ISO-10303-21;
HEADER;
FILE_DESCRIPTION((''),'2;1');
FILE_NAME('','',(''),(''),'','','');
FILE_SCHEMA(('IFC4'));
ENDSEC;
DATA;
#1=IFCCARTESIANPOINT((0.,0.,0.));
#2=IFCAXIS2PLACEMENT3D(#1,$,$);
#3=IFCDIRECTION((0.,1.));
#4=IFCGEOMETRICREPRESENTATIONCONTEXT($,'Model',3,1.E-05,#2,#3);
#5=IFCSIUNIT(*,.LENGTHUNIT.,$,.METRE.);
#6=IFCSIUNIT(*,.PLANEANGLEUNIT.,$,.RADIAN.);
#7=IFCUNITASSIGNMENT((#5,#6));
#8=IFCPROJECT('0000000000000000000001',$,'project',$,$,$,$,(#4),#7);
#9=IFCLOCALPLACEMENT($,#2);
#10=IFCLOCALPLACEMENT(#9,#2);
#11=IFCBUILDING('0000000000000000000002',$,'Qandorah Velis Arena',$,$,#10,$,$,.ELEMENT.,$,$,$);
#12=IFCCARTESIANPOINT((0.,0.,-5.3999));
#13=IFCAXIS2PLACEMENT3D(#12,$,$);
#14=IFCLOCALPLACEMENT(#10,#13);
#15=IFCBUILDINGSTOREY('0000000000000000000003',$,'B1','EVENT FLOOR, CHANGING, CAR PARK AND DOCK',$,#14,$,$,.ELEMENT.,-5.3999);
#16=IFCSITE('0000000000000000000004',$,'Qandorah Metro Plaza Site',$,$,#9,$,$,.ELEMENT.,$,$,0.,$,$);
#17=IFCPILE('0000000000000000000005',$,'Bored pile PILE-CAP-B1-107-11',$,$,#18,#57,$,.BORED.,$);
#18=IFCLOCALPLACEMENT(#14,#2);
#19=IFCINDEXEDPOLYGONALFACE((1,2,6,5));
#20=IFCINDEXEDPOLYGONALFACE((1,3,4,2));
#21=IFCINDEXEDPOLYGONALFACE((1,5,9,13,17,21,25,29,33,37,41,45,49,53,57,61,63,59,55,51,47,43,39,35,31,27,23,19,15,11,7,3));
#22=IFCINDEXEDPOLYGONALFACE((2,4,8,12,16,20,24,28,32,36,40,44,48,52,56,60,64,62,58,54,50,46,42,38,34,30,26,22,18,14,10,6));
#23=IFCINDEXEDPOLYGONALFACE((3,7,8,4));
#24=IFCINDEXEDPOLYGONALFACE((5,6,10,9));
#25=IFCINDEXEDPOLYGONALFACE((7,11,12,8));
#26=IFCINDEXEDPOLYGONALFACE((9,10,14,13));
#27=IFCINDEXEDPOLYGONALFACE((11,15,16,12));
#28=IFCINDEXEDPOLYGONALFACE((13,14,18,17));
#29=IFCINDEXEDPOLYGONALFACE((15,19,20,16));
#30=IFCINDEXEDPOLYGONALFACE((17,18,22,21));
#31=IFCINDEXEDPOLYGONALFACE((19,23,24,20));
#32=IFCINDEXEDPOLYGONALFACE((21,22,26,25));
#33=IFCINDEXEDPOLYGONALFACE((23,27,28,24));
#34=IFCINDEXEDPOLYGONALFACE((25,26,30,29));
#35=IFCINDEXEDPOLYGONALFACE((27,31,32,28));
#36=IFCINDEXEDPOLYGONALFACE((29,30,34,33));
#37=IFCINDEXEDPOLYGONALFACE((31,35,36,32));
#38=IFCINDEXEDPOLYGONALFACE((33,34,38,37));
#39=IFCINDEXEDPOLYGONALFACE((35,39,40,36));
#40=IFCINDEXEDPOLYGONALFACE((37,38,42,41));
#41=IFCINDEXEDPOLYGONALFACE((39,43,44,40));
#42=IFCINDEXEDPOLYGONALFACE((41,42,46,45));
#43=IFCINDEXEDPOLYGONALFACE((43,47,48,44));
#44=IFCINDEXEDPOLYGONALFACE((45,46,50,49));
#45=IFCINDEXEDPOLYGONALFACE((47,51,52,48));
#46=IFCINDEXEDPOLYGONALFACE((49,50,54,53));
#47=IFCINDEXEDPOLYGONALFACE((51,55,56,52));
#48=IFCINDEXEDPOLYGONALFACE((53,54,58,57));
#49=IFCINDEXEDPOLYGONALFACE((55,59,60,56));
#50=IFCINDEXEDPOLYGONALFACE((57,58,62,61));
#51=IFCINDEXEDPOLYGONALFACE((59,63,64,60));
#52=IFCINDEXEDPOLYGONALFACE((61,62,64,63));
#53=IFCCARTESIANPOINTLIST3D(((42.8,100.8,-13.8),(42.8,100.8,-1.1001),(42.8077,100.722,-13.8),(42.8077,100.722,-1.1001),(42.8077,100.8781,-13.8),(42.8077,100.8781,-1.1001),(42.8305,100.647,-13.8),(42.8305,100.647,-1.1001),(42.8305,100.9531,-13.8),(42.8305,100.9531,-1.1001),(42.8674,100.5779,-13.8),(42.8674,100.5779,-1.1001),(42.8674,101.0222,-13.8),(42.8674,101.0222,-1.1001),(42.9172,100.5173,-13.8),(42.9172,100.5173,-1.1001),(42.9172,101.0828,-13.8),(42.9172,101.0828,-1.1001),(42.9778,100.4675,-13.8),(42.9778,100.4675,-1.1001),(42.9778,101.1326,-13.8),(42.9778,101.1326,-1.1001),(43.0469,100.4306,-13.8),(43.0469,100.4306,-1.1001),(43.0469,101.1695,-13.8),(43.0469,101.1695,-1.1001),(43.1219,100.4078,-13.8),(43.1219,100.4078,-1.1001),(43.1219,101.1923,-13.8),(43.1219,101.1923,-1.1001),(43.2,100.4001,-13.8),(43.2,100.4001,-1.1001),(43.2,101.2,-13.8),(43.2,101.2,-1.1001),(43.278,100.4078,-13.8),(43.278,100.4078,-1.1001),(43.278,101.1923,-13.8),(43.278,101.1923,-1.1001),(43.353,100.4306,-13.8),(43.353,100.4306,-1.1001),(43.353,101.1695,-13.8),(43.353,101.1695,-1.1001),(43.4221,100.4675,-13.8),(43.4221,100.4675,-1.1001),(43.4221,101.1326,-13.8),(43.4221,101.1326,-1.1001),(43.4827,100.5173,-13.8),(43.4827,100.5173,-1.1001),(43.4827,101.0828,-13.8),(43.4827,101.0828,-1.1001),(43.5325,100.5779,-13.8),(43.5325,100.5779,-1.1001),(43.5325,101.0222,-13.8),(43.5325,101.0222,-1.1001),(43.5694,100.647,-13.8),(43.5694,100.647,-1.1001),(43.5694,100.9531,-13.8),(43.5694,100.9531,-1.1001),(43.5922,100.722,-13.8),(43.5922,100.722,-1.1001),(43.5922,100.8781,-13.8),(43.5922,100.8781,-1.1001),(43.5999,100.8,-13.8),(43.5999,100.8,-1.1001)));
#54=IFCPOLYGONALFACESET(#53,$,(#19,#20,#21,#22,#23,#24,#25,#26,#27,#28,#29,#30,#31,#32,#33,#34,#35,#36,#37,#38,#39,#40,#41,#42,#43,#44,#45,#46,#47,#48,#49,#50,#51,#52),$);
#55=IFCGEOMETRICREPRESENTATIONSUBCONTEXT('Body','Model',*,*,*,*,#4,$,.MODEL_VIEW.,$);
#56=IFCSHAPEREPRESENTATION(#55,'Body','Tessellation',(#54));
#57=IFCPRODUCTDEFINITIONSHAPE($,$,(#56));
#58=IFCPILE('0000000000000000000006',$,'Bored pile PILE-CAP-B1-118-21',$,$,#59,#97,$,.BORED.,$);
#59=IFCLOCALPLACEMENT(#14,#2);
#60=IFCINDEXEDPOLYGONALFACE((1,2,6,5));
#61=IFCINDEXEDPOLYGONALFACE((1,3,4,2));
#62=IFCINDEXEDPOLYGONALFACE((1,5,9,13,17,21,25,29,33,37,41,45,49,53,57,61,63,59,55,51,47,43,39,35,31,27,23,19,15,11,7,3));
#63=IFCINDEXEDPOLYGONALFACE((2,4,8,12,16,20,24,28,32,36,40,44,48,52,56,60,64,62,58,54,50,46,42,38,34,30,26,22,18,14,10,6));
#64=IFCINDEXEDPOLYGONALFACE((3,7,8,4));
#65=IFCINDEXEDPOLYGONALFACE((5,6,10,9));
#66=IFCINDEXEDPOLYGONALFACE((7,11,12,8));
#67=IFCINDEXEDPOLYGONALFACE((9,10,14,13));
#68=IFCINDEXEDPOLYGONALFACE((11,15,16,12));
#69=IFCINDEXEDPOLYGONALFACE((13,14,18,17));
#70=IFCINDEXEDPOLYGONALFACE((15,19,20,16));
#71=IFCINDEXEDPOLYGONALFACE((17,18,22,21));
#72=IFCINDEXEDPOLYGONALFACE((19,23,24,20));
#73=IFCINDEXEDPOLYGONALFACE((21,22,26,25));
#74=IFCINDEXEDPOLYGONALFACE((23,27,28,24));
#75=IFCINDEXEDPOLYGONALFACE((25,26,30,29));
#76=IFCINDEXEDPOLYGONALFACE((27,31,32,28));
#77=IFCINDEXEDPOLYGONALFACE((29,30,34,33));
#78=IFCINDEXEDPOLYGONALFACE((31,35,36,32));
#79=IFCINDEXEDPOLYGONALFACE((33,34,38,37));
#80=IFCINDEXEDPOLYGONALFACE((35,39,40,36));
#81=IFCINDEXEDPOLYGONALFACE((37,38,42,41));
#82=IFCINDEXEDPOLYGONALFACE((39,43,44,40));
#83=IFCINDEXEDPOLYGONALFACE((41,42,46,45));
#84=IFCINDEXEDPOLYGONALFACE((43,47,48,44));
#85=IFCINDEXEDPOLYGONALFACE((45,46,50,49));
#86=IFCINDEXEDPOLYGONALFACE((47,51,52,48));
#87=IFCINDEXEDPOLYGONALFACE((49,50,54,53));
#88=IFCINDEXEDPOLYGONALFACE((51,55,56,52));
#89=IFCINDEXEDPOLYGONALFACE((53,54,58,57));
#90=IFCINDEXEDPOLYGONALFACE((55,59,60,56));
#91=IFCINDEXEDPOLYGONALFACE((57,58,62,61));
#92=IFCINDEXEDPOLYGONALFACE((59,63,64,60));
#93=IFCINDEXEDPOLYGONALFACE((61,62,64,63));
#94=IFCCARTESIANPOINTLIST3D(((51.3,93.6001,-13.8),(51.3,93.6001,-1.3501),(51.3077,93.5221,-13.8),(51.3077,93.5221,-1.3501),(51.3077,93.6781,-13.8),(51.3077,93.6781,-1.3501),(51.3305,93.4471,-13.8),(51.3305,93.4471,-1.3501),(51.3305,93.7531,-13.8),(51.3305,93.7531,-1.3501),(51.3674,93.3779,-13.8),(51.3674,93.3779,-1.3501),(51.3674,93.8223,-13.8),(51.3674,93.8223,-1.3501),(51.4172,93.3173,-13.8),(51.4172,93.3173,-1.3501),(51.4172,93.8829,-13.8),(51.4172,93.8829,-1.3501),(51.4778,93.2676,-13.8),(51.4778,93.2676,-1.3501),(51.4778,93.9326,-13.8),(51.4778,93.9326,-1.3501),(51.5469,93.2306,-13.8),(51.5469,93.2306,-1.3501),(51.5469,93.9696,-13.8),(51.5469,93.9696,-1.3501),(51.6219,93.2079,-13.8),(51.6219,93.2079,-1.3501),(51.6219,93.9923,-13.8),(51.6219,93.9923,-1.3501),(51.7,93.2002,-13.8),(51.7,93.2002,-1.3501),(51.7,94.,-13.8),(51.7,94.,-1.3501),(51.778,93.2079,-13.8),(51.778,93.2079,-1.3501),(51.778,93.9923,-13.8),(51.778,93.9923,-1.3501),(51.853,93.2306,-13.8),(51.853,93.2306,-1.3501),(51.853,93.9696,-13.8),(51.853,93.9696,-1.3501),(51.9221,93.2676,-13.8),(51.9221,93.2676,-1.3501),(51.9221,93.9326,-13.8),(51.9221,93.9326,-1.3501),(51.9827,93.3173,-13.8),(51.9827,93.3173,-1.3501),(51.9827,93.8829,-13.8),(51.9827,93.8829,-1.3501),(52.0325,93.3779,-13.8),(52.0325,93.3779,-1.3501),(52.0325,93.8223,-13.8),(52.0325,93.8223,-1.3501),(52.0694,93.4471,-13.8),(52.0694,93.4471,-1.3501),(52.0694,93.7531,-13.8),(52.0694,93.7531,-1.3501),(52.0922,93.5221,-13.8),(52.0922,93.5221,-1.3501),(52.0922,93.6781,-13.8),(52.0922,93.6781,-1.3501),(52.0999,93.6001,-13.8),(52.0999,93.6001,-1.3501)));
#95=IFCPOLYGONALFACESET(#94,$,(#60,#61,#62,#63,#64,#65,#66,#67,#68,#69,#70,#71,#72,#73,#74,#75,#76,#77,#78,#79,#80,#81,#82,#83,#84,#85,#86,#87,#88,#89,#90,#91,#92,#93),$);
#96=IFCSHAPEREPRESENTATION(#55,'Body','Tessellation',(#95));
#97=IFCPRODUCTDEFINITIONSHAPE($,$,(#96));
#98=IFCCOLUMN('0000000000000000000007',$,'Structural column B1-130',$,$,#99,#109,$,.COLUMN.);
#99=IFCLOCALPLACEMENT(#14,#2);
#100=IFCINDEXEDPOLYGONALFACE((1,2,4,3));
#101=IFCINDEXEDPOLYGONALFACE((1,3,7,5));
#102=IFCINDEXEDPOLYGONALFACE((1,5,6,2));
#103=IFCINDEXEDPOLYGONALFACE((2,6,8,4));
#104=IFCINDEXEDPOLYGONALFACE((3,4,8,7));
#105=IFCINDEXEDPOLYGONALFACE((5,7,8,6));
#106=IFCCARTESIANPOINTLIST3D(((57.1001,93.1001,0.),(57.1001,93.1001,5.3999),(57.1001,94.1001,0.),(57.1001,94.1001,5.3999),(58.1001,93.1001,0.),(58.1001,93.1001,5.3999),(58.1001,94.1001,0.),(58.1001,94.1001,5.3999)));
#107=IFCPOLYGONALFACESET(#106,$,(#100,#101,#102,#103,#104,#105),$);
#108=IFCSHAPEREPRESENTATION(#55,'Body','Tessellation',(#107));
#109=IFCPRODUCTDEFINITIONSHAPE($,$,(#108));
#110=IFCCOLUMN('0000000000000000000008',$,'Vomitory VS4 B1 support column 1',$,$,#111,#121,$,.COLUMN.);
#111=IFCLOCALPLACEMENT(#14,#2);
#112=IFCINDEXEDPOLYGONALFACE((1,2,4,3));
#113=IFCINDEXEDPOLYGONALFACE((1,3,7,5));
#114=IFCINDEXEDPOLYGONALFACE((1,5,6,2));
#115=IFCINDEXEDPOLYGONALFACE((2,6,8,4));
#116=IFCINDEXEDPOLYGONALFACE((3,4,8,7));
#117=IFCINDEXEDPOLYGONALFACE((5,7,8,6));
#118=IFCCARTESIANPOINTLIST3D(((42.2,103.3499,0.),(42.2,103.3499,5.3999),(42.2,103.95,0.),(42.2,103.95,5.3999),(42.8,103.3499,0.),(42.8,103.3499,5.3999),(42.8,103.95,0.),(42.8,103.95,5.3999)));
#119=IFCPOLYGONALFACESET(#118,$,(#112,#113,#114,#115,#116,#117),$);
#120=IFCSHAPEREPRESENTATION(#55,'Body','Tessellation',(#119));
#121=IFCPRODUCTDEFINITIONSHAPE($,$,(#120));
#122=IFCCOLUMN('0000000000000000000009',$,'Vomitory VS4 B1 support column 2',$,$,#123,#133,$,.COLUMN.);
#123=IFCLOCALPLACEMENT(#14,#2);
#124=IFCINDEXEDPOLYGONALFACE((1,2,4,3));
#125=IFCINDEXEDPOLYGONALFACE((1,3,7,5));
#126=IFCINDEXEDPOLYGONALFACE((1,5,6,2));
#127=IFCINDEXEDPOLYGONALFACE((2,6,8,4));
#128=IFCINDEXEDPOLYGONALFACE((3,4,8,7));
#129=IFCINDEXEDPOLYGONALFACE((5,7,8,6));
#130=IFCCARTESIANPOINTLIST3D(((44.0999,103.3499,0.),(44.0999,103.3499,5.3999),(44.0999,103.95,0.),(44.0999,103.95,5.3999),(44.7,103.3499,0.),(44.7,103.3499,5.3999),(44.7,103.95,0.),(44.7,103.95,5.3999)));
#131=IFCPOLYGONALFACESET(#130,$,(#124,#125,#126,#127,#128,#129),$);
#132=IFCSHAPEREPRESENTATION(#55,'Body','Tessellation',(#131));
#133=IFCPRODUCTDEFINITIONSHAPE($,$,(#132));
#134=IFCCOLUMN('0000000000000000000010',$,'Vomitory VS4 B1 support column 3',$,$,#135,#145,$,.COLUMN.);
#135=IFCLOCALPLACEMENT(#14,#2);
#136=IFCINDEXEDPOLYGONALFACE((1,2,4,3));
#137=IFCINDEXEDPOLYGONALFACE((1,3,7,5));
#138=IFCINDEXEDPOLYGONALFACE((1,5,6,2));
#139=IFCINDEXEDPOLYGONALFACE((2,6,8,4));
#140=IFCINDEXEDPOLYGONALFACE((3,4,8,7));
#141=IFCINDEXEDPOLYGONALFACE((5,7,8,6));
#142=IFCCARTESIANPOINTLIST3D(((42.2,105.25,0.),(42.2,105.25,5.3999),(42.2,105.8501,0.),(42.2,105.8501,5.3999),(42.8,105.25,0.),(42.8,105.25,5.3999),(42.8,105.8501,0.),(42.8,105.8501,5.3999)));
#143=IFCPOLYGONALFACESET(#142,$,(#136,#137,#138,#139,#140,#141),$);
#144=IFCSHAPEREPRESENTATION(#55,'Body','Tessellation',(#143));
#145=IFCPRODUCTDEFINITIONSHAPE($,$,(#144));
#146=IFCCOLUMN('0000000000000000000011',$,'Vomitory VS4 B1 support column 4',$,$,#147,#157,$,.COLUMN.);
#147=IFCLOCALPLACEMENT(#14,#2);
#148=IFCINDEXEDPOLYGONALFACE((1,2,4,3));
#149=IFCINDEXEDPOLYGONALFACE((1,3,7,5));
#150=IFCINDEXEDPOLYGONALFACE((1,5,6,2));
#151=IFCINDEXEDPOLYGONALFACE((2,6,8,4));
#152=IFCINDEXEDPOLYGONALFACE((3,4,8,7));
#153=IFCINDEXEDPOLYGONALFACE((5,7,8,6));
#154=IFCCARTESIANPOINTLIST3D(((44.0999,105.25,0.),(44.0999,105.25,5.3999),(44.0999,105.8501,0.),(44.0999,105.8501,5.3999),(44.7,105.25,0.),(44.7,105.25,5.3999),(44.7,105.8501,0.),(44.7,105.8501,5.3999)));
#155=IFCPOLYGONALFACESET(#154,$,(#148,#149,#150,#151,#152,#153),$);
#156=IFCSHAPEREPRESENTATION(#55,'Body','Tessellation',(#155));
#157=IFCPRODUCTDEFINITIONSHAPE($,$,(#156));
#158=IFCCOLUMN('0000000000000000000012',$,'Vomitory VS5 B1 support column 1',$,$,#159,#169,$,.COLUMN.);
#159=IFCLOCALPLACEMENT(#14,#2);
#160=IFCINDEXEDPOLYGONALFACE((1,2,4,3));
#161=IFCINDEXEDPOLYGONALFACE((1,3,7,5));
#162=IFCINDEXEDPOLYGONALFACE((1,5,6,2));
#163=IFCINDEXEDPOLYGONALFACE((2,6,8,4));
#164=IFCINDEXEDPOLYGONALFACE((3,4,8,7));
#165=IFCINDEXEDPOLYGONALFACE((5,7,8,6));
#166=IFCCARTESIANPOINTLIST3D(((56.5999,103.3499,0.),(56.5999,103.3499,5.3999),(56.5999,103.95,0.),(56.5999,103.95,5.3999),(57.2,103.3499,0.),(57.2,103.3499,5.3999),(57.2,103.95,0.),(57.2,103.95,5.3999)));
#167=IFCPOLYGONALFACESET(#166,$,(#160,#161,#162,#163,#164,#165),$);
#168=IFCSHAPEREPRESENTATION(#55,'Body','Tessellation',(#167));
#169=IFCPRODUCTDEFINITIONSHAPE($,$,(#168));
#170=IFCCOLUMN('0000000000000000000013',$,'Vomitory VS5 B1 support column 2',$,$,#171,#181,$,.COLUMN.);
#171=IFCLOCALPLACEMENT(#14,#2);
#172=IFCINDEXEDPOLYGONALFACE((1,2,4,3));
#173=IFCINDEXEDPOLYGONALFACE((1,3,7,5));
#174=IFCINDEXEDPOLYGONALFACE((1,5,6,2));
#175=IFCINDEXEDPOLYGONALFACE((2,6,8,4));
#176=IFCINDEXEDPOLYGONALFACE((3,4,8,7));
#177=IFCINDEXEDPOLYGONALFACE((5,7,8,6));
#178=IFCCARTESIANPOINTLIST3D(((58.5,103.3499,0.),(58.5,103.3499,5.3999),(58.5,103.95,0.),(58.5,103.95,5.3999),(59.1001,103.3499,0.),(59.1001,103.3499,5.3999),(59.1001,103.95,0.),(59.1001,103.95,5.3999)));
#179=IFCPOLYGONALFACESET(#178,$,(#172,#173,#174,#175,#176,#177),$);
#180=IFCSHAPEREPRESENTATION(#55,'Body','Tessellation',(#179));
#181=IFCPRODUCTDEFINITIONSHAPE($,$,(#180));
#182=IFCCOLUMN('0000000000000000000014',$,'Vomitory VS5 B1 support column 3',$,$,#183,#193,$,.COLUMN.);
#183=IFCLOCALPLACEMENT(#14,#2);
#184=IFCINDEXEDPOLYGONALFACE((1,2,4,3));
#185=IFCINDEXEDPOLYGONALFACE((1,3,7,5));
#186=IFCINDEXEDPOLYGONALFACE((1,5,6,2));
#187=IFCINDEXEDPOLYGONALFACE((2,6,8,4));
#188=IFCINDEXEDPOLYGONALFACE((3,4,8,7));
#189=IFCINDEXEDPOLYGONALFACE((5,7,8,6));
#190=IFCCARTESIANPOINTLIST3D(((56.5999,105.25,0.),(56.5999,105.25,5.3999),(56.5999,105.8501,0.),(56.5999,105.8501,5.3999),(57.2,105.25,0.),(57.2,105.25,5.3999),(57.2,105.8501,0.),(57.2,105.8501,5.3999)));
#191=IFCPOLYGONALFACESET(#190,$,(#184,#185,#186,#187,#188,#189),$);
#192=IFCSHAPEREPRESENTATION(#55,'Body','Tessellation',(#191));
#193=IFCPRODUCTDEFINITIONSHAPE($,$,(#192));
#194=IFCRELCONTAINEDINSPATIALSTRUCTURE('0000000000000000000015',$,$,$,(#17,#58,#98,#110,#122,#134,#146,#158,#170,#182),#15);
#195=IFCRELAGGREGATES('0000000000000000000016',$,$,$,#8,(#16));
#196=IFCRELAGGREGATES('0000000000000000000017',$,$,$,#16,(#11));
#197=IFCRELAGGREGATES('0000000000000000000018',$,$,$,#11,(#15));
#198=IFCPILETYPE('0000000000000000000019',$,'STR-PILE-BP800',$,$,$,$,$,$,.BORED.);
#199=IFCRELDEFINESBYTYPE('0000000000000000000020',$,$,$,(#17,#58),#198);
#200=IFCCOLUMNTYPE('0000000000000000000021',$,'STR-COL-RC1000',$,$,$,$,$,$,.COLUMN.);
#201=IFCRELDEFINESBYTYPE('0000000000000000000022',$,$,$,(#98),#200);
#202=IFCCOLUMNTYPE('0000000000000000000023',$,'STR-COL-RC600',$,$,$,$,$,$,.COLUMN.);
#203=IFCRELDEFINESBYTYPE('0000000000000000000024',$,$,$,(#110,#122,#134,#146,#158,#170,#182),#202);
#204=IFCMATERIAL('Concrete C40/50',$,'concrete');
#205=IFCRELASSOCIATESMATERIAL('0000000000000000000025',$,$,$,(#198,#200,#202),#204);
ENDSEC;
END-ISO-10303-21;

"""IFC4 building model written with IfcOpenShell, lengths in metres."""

from ifc_helpers import new_model, si_unit, direction, frame, origin, origin_2d, place, context, subcontext, project, spatial, rectangle, circle, extrude, material, material_profile, profile_set, type_object, element, save


model = new_model("IFC4")

# Units and contexts
model_context = context("Model", 3, precision=1e-05, world=origin(), true_north=direction((0.0, 1.0)))
body_context = subcontext(model_context, "Body", "Model", "MODEL_VIEW")
ifc_project = project(units=[si_unit("LENGTHUNIT", "METRE"), si_unit("PLANEANGLEUNIT", "RADIAN")], contexts=[model_context])

# Site, building, storey
site_placement = place(None, origin())
site = spatial("IfcSite", under=ifc_project, at=site_placement, Name="Qandorah Metro Plaza Site", CompositionType="ELEMENT", RefElevation=0.0)
building_placement = place(site_placement, origin())
building = spatial("IfcBuilding", under=site, at=building_placement, Name="Qandorah Velis Arena", CompositionType="ELEMENT")
storey_placement = place(building_placement, frame((0.0, 0.0, -5.3999)))
storey = spatial("IfcBuildingStorey", under=building, at=storey_placement, Name="B1", Description="EVENT FLOOR, CHANGING, CAR PARK AND DOCK", CompositionType="ELEMENT", Elevation=-5.3999)

# Shared definitions
ifc_material_1 = material(Name="Concrete C40/50", Category="concrete")

# Piles
ifc_material_profile_1 = material_profile(ifc_material_1, circle(Radius=0.3999, at=origin_2d()), Name="BORED PILE D800")
ifc_profile_set_1 = profile_set([ifc_material_profile_1], Name="Concrete C40/50")
pile_type_1 = type_object("IfcPileType", Name="STR-PILE-BP800", PredefinedType="BORED", material=ifc_profile_set_1)
pile_1_placement = place(storey_placement, frame((43.2, 100.8, -1.1001), z_axis=(0.0, 0.0, -1.0), x_axis=(1.0, 0.0, 0.0)))
element("IfcPile", 1, at=pile_1_placement, inside=storey, type_object=pile_type_1, Name="Bored pile PILE-CAP-B1-107-11", PredefinedType="BORED", context=body_context, shape_type="SweptSolid", body=[
    extrude(circle(Radius=0.3999, at=origin_2d()), origin(), (0.0, 0.0, 1.0), 12.7),
])
pile_2_placement = place(storey_placement, frame((51.7, 93.6001, -1.3501), z_axis=(0.0, 0.0, -1.0), x_axis=(1.0, 0.0, 0.0)))
element("IfcPile", 2, at=pile_2_placement, inside=storey, type_object=pile_type_1, Name="Bored pile PILE-CAP-B1-118-21", PredefinedType="BORED", context=body_context, shape_type="SweptSolid", body=[
    extrude(circle(Radius=0.3999, at=origin_2d()), origin(), (0.0, 0.0, 1.0), 12.45),
])

# Columns
ifc_material_profile_2 = material_profile(ifc_material_1, rectangle(XDim=1.0, YDim=1.0, at=origin_2d()), Name="RC COL 1000x1000")
ifc_profile_set_2 = profile_set([ifc_material_profile_2], Name="Concrete C40/50")
column_type_1 = type_object("IfcColumnType", Name="STR-COL-RC1000", PredefinedType="COLUMN", material=ifc_profile_set_2)
column_placement = place(storey_placement, frame((57.6001, 93.6001, 0.0), z_axis=(0.0, 0.0, 1.0), x_axis=(1.0, 0.0, 0.0)))
element("IfcColumn", 3, at=column_placement, inside=storey, type_object=column_type_1, Name="Structural column B1-130", PredefinedType="COLUMN", context=body_context, shape_type="SweptSolid", body=[
    extrude(rectangle(XDim=1.0, YDim=1.0, at=origin_2d()), origin(), (0.0, 0.0, 1.0), 5.3999),
])
ifc_material_profile_3 = material_profile(ifc_material_1, rectangle(XDim=0.6001, YDim=0.6001, at=origin_2d()), Name="RC COL 600x600")
ifc_profile_set_3 = profile_set([ifc_material_profile_3], Name="Concrete C40/50")
column_type_2 = type_object("IfcColumnType", Name="STR-COL-RC600", PredefinedType="COLUMN", material=ifc_profile_set_3)
for number, where, z_axis, x_axis, name in (
    (4, (42.5, 103.6499, 0.0), (0.0, 0.0, 1.0), (1.0, 0.0, 0.0), "Vomitory VS4 B1 support column 1"),
    (5, (44.3999, 103.6499, 0.0), (0.0, 0.0, 1.0), (1.0, 0.0, 0.0), "Vomitory VS4 B1 support column 2"),
    (6, (42.5, 105.55, 0.0), (0.0, 0.0, 1.0), (1.0, 0.0, 0.0), "Vomitory VS4 B1 support column 3"),
    (7, (44.3999, 105.55, 0.0), (0.0, 0.0, 1.0), (1.0, 0.0, 0.0), "Vomitory VS4 B1 support column 4"),
    (8, (56.8999, 103.6499, 0.0), (0.0, 0.0, 1.0), (1.0, 0.0, 0.0), "Vomitory VS5 B1 support column 1"),
    (9, (58.8, 103.6499, 0.0), (0.0, 0.0, 1.0), (1.0, 0.0, 0.0), "Vomitory VS5 B1 support column 2"),
    (10, (56.8999, 105.55, 0.0), (0.0, 0.0, 1.0), (1.0, 0.0, 0.0), "Vomitory VS5 B1 support column 3"),
):
    element("IfcColumn", number, at=place(storey_placement, frame(where, z_axis=z_axis, x_axis=x_axis)), inside=storey, type_object=column_type_2, Name=name, PredefinedType="COLUMN", context=body_context, shape_type="SweptSolid", body=[
        extrude(rectangle(XDim=0.6001, YDim=0.6001, at=origin_2d()), origin(), (0.0, 0.0, 1.0), 5.3999),
    ])

save(model, "model.ifc")
